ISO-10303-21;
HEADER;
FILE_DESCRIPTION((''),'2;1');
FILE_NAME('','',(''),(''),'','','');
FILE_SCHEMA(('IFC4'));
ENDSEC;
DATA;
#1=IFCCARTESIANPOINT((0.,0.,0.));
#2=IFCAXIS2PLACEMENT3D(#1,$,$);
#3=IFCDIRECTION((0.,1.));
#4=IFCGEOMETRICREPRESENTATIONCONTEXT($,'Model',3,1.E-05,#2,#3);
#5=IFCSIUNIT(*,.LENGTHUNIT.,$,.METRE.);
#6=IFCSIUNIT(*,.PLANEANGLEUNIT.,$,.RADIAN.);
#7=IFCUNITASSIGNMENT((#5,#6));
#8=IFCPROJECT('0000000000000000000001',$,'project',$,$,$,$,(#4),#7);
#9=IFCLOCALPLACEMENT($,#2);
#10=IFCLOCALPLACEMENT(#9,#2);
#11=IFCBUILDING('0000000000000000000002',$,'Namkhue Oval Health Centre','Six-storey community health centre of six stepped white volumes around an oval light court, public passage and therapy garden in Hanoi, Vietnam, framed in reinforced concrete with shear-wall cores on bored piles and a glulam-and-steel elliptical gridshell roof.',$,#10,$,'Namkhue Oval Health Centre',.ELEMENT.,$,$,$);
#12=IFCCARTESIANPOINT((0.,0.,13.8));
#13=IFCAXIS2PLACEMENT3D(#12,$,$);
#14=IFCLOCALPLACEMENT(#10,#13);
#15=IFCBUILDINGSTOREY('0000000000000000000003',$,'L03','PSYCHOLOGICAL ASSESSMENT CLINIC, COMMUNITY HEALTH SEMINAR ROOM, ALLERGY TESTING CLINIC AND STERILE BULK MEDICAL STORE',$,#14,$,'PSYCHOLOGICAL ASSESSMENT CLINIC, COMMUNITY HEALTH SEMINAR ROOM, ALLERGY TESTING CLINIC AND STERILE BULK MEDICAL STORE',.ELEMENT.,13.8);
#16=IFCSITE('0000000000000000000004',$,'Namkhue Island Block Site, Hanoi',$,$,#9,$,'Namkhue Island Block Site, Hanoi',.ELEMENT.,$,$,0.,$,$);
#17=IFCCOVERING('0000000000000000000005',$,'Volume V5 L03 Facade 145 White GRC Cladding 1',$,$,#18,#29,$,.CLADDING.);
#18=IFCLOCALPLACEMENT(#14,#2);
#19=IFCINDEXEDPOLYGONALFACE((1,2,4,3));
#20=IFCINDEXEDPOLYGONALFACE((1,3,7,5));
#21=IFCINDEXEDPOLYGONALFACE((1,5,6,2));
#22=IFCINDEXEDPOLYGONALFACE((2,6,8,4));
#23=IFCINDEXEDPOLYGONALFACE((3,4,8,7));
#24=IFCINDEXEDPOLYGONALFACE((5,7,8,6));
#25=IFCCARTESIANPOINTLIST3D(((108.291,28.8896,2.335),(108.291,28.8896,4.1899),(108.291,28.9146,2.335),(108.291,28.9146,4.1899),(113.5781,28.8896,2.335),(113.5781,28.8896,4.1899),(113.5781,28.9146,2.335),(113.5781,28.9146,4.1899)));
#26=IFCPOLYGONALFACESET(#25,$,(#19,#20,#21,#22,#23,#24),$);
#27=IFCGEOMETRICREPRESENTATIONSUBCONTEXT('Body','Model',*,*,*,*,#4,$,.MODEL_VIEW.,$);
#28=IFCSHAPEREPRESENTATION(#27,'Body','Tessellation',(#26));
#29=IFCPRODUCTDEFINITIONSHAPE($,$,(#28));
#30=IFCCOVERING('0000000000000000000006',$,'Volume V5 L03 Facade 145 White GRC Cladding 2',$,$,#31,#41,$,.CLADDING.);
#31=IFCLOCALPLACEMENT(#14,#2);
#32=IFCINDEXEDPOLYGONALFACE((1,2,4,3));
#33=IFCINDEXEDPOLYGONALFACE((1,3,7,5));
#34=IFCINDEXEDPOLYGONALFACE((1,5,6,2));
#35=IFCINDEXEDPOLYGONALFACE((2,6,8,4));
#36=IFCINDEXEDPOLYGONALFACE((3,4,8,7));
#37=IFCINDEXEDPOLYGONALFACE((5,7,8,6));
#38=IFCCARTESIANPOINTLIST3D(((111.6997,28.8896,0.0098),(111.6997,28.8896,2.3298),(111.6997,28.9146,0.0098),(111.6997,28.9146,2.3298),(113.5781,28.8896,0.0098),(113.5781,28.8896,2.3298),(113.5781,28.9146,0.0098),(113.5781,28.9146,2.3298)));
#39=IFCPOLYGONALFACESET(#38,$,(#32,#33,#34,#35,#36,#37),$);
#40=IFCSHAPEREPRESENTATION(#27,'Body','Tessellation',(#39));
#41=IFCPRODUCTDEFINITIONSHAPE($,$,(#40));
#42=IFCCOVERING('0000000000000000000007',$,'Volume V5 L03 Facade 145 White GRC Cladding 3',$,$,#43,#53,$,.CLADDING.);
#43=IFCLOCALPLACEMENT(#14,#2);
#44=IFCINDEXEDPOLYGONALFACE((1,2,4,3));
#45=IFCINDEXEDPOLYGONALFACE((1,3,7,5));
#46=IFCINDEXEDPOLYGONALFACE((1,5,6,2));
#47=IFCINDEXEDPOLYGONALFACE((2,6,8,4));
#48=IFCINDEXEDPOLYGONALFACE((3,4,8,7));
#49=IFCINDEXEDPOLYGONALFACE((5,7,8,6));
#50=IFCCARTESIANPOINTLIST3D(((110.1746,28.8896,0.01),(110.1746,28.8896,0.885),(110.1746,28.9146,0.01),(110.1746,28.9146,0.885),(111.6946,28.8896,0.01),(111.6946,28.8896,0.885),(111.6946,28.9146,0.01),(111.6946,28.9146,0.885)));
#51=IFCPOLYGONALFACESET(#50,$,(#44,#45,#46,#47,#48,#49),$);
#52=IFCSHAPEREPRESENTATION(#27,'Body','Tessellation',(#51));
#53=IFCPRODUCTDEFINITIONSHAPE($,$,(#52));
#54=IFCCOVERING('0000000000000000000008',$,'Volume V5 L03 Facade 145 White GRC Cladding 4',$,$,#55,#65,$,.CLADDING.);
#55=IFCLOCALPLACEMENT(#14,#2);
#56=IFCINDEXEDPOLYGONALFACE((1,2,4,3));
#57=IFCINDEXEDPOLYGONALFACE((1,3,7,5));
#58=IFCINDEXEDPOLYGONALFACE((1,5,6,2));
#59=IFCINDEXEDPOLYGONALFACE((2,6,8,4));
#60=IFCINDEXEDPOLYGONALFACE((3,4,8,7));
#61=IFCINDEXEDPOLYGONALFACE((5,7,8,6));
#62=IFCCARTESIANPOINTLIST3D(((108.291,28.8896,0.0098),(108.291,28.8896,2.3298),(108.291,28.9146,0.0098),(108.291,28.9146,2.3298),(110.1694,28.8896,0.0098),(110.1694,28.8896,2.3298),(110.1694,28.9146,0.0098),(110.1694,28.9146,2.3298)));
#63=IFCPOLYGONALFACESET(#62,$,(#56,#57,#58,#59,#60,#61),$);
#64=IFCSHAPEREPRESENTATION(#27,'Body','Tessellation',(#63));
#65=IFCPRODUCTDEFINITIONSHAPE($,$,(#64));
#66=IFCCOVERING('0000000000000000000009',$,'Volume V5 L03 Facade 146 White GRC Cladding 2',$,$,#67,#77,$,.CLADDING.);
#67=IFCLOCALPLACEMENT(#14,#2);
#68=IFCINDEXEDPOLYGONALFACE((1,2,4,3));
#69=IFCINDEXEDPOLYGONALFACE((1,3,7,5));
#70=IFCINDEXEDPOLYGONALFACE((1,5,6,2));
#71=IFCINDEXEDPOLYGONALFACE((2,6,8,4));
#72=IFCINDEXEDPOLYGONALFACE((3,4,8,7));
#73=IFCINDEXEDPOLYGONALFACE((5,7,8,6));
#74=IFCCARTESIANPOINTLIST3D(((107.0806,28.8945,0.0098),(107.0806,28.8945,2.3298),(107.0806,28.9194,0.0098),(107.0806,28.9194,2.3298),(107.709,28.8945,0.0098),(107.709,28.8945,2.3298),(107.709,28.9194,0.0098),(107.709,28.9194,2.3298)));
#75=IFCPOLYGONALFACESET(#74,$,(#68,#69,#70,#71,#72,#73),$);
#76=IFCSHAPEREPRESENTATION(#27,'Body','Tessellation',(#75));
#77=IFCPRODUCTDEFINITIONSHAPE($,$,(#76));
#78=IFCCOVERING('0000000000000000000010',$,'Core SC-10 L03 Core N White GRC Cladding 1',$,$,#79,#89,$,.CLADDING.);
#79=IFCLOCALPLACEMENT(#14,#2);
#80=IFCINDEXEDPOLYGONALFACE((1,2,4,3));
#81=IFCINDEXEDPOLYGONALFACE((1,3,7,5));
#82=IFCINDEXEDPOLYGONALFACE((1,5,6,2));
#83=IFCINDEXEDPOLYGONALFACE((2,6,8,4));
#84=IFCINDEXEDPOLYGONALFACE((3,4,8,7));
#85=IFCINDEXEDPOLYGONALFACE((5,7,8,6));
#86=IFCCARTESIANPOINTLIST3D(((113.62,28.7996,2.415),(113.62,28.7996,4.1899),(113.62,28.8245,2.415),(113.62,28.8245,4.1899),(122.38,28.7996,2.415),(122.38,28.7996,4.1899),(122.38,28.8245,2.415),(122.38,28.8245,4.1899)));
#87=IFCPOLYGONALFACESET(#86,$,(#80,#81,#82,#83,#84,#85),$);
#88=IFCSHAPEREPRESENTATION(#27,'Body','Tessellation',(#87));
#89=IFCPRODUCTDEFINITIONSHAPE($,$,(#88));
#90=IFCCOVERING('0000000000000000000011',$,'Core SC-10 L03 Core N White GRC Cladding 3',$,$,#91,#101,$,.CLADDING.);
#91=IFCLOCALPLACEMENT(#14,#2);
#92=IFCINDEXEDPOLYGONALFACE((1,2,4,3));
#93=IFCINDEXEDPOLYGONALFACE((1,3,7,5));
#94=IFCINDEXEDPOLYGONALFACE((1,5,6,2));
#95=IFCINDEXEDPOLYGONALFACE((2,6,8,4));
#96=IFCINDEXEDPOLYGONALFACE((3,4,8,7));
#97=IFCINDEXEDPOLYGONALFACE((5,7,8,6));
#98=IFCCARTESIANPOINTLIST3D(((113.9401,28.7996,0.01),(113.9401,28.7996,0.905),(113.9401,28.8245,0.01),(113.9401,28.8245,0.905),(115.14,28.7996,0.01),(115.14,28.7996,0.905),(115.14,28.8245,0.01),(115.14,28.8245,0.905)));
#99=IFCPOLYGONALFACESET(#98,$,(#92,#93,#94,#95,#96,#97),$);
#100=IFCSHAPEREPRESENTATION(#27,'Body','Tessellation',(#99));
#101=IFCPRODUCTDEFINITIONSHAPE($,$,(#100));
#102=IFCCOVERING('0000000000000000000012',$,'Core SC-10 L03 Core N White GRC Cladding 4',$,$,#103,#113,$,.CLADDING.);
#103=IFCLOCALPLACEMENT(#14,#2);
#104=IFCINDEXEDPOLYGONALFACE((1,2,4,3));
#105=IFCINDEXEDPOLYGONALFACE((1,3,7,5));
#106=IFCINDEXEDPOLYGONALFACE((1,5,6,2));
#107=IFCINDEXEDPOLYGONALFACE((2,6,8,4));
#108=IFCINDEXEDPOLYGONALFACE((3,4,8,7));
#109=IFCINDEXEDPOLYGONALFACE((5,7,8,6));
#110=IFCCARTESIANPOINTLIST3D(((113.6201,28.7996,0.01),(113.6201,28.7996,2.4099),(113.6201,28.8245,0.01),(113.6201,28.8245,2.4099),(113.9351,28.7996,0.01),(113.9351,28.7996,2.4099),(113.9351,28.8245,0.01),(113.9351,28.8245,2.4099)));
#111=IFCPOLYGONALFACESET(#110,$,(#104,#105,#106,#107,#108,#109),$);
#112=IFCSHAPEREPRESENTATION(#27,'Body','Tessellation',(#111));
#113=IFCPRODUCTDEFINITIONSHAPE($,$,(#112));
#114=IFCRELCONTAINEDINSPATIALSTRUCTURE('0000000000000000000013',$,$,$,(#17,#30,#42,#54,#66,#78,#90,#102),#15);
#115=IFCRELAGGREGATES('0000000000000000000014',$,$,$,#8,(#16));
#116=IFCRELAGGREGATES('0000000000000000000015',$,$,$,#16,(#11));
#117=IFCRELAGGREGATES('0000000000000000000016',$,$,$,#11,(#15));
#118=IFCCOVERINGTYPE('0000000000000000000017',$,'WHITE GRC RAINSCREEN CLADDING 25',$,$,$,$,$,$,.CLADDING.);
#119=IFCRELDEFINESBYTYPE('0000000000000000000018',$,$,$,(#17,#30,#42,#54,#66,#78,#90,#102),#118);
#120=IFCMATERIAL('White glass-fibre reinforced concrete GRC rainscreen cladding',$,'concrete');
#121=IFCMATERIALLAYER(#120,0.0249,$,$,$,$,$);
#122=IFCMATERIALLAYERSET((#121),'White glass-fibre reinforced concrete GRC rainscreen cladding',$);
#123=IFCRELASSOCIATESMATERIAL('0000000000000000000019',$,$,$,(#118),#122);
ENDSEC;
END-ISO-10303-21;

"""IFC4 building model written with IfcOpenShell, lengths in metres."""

from ifc_helpers import new_model, si_unit, direction, frame, origin, origin_2d, place, context, subcontext, project, spatial, rectangle, extrude, material, layer, layer_set, type_object, element, save


model = new_model("IFC4")

# Units and contexts
model_context = context("Model", 3, precision=1e-05, world=origin(), true_north=direction((0.0, 1.0)))
body_context = subcontext(model_context, "Body", "Model", "MODEL_VIEW")
ifc_project = project(units=[si_unit("LENGTHUNIT", "METRE"), si_unit("PLANEANGLEUNIT", "RADIAN")], contexts=[model_context])

# Site, building, storey
site_placement = place(None, origin())
site = spatial("IfcSite", under=ifc_project, at=site_placement, Name="Namkhue Island Block Site, Hanoi", LongName="Namkhue Island Block Site, Hanoi", CompositionType="ELEMENT", RefElevation=0.0)
building_placement = place(site_placement, origin())
building = spatial("IfcBuilding", under=site, at=building_placement, Name="Namkhue Oval Health Centre", Description="Six-storey community health centre of six stepped white volumes around an oval light court, public passage and therapy garden in Hanoi, Vietnam, framed in reinforced concrete with shear-wall cores on bored piles and a glulam-and-steel elliptical gridshell roof.", LongName="Namkhue Oval Health Centre", CompositionType="ELEMENT")
storey_placement = place(building_placement, frame((0.0, 0.0, 13.8)))
storey = spatial("IfcBuildingStorey", under=building, at=storey_placement, Name="L03", Description="PSYCHOLOGICAL ASSESSMENT CLINIC, COMMUNITY HEALTH SEMINAR ROOM, ALLERGY TESTING CLINIC AND STERILE BULK MEDICAL STORE", LongName="PSYCHOLOGICAL ASSESSMENT CLINIC, COMMUNITY HEALTH SEMINAR ROOM, ALLERGY TESTING CLINIC AND STERILE BULK MEDICAL STORE", CompositionType="ELEMENT", Elevation=13.8)

# Coverings
ifc_material_1 = material(Name="White glass-fibre reinforced concrete GRC rainscreen cladding", Category="concrete")
ifc_layer_1 = layer(ifc_material_1, 0.0249)
ifc_layer_set_1 = layer_set([ifc_layer_1], Name="White glass-fibre reinforced concrete GRC rainscreen cladding")
covering_type = type_object("IfcCoveringType", Name="WHITE GRC RAINSCREEN CLADDING 25", PredefinedType="CLADDING", material=ifc_layer_set_1)
covering_1_placement = place(storey_placement, frame((110.9346, 28.9021, 2.335), z_axis=(0.0, 0.0, 1.0), x_axis=(-1.0, 0.0, 0.0)))
element("IfcCovering", 1, at=covering_1_placement, inside=storey, type_object=covering_type, Name="Volume V5 L03 Facade 145 White GRC Cladding 1", PredefinedType="CLADDING", context=body_context, shape_type="SweptSolid", body=[
    extrude(rectangle(XDim=5.2871, YDim=0.0249, at=origin_2d()), origin(), (0.0, 0.0, 1.0), 1.855),
])
covering_2_placement = place(storey_placement, frame((112.6389, 28.9021, 0.0098), z_axis=(0.0, 0.0, 1.0), x_axis=(-1.0, 0.0, 0.0)))
element("IfcCovering", 2, at=covering_2_placement, inside=storey, type_object=covering_type, Name="Volume V5 L03 Facade 145 White GRC Cladding 2", PredefinedType="CLADDING", context=body_context, shape_type="SweptSolid", body=[
    extrude(rectangle(XDim=1.8784, YDim=0.0249, at=origin_2d()), origin(), (0.0, 0.0, 1.0), 2.3201),
])
covering_3_placement = place(storey_placement, frame((110.9346, 28.9021, 0.01), z_axis=(0.0, 0.0, 1.0), x_axis=(-1.0, 0.0, 0.0)))
element("IfcCovering", 3, at=covering_3_placement, inside=storey, type_object=covering_type, Name="Volume V5 L03 Facade 145 White GRC Cladding 3", PredefinedType="CLADDING", context=body_context, shape_type="SweptSolid", body=[
    extrude(rectangle(XDim=1.52, YDim=0.0249, at=origin_2d()), origin(), (0.0, 0.0, 1.0), 0.875),
])
covering_4_placement = place(storey_placement, frame((109.2302, 28.9021, 0.0098), z_axis=(0.0, 0.0, 1.0), x_axis=(-1.0, 0.0, 0.0)))
element("IfcCovering", 4, at=covering_4_placement, inside=storey, type_object=covering_type, Name="Volume V5 L03 Facade 145 White GRC Cladding 4", PredefinedType="CLADDING", context=body_context, shape_type="SweptSolid", body=[
    extrude(rectangle(XDim=1.8784, YDim=0.0249, at=origin_2d()), origin(), (0.0, 0.0, 1.0), 2.3201),
])
covering_5_placement = place(storey_placement, frame((107.3948, 28.907, 0.0098), z_axis=(0.0, 0.0, 1.0), x_axis=(-1.0, 0.0, 0.0)))
element("IfcCovering", 5, at=covering_5_placement, inside=storey, type_object=covering_type, Name="Volume V5 L03 Facade 146 White GRC Cladding 2", PredefinedType="CLADDING", context=body_context, shape_type="SweptSolid", body=[
    extrude(rectangle(XDim=0.6284, YDim=0.0249, at=origin_2d()), origin(), (0.0, 0.0, 1.0), 2.3201),
])
covering_6_placement = place(storey_placement, frame((118.0, 28.812, 2.415), z_axis=(0.0, 0.0, 1.0), x_axis=(-1.0, 0.0, 0.0)))
element("IfcCovering", 6, at=covering_6_placement, inside=storey, type_object=covering_type, Name="Core SC-10 L03 Core N White GRC Cladding 1", PredefinedType="CLADDING", context=body_context, shape_type="SweptSolid", body=[
    extrude(rectangle(XDim=8.76, YDim=0.0249, at=origin_2d()), origin(), (0.0, 0.0, 1.0), 1.7749),
])
covering_7_placement = place(storey_placement, frame((114.54, 28.812, 0.01), z_axis=(0.0, 0.0, 1.0), x_axis=(-1.0, 0.0, 0.0)))
element("IfcCovering", 7, at=covering_7_placement, inside=storey, type_object=covering_type, Name="Core SC-10 L03 Core N White GRC Cladding 3", PredefinedType="CLADDING", context=body_context, shape_type="SweptSolid", body=[
    extrude(rectangle(XDim=1.2, YDim=0.0249, at=origin_2d()), origin(), (0.0, 0.0, 1.0), 0.895),
])
covering_8_placement = place(storey_placement, frame((113.7776, 28.812, 0.01), z_axis=(0.0, 0.0, 1.0), x_axis=(-1.0, 0.0, 0.0)))
element("IfcCovering", 8, at=covering_8_placement, inside=storey, type_object=covering_type, Name="Core SC-10 L03 Core N White GRC Cladding 4", PredefinedType="CLADDING", context=body_context, shape_type="SweptSolid", body=[
    extrude(rectangle(XDim=0.3149, YDim=0.0249, at=origin_2d()), origin(), (0.0, 0.0, 1.0), 2.3999),
])

save(model, "model.ifc")
